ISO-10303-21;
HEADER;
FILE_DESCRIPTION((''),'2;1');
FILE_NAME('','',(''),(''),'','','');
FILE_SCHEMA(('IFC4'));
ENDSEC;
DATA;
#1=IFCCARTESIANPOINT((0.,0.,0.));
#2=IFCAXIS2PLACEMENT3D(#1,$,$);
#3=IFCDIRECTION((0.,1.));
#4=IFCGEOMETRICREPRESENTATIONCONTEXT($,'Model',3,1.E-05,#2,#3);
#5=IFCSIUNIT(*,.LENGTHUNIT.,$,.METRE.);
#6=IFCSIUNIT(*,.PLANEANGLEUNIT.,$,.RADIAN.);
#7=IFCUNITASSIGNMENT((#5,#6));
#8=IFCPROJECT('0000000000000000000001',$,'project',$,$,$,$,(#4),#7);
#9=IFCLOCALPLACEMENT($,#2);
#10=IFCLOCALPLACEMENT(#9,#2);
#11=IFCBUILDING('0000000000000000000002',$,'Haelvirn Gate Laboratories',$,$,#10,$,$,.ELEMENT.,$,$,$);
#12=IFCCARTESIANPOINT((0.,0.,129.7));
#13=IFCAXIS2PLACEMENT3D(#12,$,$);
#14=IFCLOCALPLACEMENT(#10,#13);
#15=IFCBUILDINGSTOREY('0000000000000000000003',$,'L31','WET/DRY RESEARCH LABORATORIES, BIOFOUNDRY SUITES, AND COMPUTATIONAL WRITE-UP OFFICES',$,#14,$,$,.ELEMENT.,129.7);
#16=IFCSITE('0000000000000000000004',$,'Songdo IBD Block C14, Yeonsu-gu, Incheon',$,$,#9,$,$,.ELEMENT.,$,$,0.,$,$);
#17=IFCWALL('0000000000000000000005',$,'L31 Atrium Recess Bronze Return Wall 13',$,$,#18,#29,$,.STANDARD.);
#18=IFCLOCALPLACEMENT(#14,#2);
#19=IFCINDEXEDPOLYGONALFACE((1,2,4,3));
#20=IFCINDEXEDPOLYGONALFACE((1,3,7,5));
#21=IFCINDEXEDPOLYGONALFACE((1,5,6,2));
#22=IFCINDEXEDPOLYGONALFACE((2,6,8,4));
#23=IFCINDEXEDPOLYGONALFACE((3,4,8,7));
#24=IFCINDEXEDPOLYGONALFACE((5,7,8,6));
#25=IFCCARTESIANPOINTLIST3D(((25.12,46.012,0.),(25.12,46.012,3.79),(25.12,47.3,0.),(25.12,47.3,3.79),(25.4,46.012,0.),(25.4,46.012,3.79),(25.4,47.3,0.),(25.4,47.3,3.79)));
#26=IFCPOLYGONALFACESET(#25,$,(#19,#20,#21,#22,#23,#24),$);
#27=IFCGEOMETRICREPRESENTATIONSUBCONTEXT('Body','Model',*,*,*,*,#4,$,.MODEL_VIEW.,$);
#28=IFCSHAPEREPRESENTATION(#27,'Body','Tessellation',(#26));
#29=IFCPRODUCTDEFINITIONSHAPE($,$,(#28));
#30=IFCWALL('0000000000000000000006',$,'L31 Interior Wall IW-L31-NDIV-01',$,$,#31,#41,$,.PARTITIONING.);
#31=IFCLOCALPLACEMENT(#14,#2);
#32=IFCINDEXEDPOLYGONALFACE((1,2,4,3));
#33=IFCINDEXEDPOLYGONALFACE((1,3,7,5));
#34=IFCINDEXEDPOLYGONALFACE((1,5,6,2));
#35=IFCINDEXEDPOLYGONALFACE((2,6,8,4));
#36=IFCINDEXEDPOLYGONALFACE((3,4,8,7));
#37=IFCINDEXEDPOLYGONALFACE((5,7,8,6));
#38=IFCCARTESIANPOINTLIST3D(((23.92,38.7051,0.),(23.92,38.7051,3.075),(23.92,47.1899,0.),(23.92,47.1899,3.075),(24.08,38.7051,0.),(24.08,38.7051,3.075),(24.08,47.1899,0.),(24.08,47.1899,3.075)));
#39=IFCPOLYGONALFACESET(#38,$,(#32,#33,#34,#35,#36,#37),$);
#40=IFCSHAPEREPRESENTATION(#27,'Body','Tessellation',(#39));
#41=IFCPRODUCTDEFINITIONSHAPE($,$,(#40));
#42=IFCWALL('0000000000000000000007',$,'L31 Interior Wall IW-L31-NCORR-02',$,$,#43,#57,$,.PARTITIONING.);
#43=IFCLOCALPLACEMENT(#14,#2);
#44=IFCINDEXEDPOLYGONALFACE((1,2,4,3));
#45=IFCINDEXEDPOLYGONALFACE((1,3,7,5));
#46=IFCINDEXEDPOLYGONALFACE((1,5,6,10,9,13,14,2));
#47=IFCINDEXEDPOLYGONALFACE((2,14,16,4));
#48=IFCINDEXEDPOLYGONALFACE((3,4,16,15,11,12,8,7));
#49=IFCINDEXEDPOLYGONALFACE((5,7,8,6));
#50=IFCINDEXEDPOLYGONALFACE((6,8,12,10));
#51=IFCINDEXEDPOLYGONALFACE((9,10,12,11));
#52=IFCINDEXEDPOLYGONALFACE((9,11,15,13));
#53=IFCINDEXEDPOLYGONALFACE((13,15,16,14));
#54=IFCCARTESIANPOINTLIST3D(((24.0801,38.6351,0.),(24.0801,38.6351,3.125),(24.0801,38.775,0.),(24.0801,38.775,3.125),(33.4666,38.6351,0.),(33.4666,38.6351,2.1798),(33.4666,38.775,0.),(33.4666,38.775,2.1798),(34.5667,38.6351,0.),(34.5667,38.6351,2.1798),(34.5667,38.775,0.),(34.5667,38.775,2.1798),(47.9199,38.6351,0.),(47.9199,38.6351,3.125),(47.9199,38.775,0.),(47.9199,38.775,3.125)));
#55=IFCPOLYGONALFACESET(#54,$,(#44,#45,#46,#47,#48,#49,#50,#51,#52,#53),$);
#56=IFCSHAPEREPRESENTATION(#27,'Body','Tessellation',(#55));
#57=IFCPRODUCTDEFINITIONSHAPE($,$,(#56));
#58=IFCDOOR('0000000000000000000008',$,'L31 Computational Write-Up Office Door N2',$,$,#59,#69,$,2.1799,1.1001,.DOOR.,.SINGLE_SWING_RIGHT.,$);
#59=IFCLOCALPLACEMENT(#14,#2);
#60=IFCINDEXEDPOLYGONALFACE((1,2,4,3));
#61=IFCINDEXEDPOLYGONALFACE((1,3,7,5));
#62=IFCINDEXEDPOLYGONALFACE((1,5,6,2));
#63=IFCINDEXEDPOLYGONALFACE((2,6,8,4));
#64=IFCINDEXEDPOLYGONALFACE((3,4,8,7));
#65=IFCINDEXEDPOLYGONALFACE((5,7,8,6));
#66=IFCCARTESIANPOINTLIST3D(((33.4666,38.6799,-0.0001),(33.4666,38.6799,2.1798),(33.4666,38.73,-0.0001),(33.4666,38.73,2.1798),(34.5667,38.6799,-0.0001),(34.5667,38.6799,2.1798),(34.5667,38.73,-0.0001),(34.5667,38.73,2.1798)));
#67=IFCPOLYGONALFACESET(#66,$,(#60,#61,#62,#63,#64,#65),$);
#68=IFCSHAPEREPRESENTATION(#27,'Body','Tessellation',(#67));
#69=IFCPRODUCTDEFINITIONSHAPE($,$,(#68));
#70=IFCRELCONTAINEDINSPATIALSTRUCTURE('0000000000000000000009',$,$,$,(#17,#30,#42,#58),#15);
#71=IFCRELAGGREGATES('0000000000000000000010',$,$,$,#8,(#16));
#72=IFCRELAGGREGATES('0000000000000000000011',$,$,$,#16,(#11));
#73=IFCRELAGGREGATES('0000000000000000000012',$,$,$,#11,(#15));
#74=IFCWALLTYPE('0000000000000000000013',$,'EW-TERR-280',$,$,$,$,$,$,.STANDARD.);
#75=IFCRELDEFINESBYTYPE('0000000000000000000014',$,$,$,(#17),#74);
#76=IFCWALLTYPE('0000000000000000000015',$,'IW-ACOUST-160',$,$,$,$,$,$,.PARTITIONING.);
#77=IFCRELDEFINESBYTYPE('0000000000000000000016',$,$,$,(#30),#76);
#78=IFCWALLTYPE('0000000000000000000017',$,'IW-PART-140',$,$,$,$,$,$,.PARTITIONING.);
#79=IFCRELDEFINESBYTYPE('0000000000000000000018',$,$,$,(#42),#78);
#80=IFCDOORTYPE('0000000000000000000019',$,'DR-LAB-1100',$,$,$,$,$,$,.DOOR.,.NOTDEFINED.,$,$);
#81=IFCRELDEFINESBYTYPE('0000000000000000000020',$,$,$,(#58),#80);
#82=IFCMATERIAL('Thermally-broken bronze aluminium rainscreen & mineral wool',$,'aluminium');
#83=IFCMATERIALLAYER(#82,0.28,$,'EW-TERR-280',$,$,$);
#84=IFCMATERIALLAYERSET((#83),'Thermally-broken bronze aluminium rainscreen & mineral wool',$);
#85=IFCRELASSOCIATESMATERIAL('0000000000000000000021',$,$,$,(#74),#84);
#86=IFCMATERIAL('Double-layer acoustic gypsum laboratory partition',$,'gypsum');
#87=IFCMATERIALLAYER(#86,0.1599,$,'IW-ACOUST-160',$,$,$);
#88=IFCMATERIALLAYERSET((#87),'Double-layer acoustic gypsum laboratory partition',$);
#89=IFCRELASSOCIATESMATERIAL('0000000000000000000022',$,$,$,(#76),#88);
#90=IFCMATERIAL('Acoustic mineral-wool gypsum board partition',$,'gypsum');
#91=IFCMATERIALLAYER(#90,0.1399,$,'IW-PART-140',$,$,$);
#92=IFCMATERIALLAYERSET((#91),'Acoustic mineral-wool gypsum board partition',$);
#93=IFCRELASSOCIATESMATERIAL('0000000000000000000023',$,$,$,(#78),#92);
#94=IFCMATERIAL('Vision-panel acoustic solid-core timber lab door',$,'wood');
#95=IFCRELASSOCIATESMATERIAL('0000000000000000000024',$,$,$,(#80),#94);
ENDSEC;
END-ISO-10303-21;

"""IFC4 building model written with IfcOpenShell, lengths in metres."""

from ifc_helpers import new_model, si_unit, direction, frame, frame_2d, origin, place, context, subcontext, project, spatial, rectangle, extrude, source, transform, mapped, material, layer, layer_set, type_object, type_shapes, element, fill, save


model = new_model("IFC4")

# Units and contexts
model_context = context("Model", 3, precision=1e-05, world=origin(), true_north=direction((0.0, 1.0)))
body_context = subcontext(model_context, "Body", "Model", "MODEL_VIEW")
ifc_project = project(units=[si_unit("LENGTHUNIT", "METRE"), si_unit("PLANEANGLEUNIT", "RADIAN")], contexts=[model_context])

# Site, building, storey
site_placement = place(None, origin())
site = spatial("IfcSite", under=ifc_project, at=site_placement, Name="Songdo IBD Block C14, Yeonsu-gu, Incheon", CompositionType="ELEMENT", RefElevation=0.0)
building_placement = place(site_placement, origin())
building = spatial("IfcBuilding", under=site, at=building_placement, Name="Haelvirn Gate Laboratories", CompositionType="ELEMENT")
storey_placement = place(building_placement, frame((0.0, 0.0, 129.7)))
storey = spatial("IfcBuildingStorey", under=building, at=storey_placement, Name="L31", Description="WET/DRY RESEARCH LABORATORIES, BIOFOUNDRY SUITES, AND COMPUTATIONAL WRITE-UP OFFICES", CompositionType="ELEMENT", Elevation=129.7)

# Walls
ifc_material_1 = material(Name="Thermally-broken bronze aluminium rainscreen & mineral wool", Category="aluminium")
ifc_layer_1 = layer(ifc_material_1, 0.28, Name="EW-TERR-280")
ifc_layer_set_1 = layer_set([ifc_layer_1], Name="Thermally-broken bronze aluminium rainscreen & mineral wool")
wall_type_1 = type_object("IfcWallType", Name="EW-TERR-280", PredefinedType="STANDARD", material=ifc_layer_set_1)
wall_1_placement = place(storey_placement, frame((25.26, 46.012, 0.0), z_axis=(0.0, 0.0, 1.0), x_axis=(0.0, 1.0, 0.0)))
element("IfcWall", 1, at=wall_1_placement, inside=storey, type_object=wall_type_1, Name="L31 Atrium Recess Bronze Return Wall 13", PredefinedType="STANDARD", context=body_context, shape_type="SweptSolid", body=[
    extrude(rectangle(XDim=1.2881, YDim=0.28, at=frame_2d((0.644, 0.0))), origin(), (0.0, 0.0, 1.0), 3.79),
])
ifc_material_2 = material(Name="Double-layer acoustic gypsum laboratory partition", Category="gypsum")
ifc_layer_2 = layer(ifc_material_2, 0.1599, Name="IW-ACOUST-160")
ifc_layer_set_2 = layer_set([ifc_layer_2], Name="Double-layer acoustic gypsum laboratory partition")
wall_type_2 = type_object("IfcWallType", Name="IW-ACOUST-160", PredefinedType="PARTITIONING", material=ifc_layer_set_2)
wall_2_placement = place(storey_placement, frame((24.0, 38.7051, 0.0), z_axis=(0.0, 0.0, 1.0), x_axis=(0.0, 1.0, 0.0)))
element("IfcWall", 2, at=wall_2_placement, inside=storey, type_object=wall_type_2, Name="L31 Interior Wall IW-L31-NDIV-01", PredefinedType="PARTITIONING", context=body_context, shape_type="SweptSolid", body=[
    extrude(rectangle(XDim=8.4849, YDim=0.1599, at=frame_2d((4.2424, 0.0))), origin(), (0.0, 0.0, 1.0), 3.075),
])

# Wall, opening, door
ifc_material_3 = material(Name="Acoustic mineral-wool gypsum board partition", Category="gypsum")
ifc_layer_3 = layer(ifc_material_3, 0.1399, Name="IW-PART-140")
ifc_layer_set_3 = layer_set([ifc_layer_3], Name="Acoustic mineral-wool gypsum board partition")
wall_type_3 = type_object("IfcWallType", Name="IW-PART-140", PredefinedType="PARTITIONING", material=ifc_layer_set_3)
wall_3_placement = place(storey_placement, frame((24.0801, 38.7051, 0.0), z_axis=(0.0, 0.0, 1.0), x_axis=(1.0, 0.0, 0.0)))
wall_3 = element("IfcWall", 3, at=wall_3_placement, inside=storey, type_object=wall_type_3, Name="L31 Interior Wall IW-L31-NCORR-02", PredefinedType="PARTITIONING", context=body_context, shape_type="SweptSolid", body=[
    extrude(rectangle(XDim=23.8398, YDim=0.1399, at=frame_2d((11.9199, 0.0))), origin(), (0.0, 0.0, 1.0), 3.125),
])
opening_placement = place(wall_3_placement, frame((9.3865, 0.0, 0.0)))
opening = element("IfcOpeningElement", 4, at=opening_placement, cuts=wall_3, PredefinedType="OPENING", context=body_context, shape_type="SweptSolid", body=[
    extrude(rectangle(XDim=1.1001, YDim=2.1799, at=frame_2d((0.55, 1.0898))), frame((0.0, 0.0801, 0.0), z_axis=(0.0, -1.0, 0.0), x_axis=(1.0, 0.0, 0.0)), (0.0, 0.0, 1.0), 0.1599),
])
ifc_material_4 = material(Name="Vision-panel acoustic solid-core timber lab door", Category="wood")
door_type = type_object("IfcDoorType", Name="DR-LAB-1100", OperationType="NOTDEFINED", PredefinedType="DOOR", material=ifc_material_4)
shared_shape_1 = source(origin(), body_context, "Body", "SweptSolid", [
    extrude(rectangle(XDim=1.1001, YDim=2.1799, at=frame_2d((0.55, 1.0898))), frame((0.0, 0.0249, 0.0), z_axis=(0.0, -1.0, 0.0), x_axis=(1.0, 0.0, 0.0)), (0.0, 0.0, 1.0), 0.05),
])
type_shapes(door_type, [shared_shape_1])
door_placement = place(opening_placement, origin())
door = element("IfcDoor", 5, at=door_placement, inside=storey, type_object=door_type, Name="L31 Computational Write-Up Office Door N2", OperationType="SINGLE_SWING_RIGHT", OverallHeight=2.1799, OverallWidth=1.1001, PredefinedType="DOOR", context=body_context, shape_type="MappedRepresentation", body=[
    mapped(shared_shape_1, transform((0.0, 0.0, 0.0), scale=1.0)),
])
fill(opening, door)

save(model, "model.ifc")
